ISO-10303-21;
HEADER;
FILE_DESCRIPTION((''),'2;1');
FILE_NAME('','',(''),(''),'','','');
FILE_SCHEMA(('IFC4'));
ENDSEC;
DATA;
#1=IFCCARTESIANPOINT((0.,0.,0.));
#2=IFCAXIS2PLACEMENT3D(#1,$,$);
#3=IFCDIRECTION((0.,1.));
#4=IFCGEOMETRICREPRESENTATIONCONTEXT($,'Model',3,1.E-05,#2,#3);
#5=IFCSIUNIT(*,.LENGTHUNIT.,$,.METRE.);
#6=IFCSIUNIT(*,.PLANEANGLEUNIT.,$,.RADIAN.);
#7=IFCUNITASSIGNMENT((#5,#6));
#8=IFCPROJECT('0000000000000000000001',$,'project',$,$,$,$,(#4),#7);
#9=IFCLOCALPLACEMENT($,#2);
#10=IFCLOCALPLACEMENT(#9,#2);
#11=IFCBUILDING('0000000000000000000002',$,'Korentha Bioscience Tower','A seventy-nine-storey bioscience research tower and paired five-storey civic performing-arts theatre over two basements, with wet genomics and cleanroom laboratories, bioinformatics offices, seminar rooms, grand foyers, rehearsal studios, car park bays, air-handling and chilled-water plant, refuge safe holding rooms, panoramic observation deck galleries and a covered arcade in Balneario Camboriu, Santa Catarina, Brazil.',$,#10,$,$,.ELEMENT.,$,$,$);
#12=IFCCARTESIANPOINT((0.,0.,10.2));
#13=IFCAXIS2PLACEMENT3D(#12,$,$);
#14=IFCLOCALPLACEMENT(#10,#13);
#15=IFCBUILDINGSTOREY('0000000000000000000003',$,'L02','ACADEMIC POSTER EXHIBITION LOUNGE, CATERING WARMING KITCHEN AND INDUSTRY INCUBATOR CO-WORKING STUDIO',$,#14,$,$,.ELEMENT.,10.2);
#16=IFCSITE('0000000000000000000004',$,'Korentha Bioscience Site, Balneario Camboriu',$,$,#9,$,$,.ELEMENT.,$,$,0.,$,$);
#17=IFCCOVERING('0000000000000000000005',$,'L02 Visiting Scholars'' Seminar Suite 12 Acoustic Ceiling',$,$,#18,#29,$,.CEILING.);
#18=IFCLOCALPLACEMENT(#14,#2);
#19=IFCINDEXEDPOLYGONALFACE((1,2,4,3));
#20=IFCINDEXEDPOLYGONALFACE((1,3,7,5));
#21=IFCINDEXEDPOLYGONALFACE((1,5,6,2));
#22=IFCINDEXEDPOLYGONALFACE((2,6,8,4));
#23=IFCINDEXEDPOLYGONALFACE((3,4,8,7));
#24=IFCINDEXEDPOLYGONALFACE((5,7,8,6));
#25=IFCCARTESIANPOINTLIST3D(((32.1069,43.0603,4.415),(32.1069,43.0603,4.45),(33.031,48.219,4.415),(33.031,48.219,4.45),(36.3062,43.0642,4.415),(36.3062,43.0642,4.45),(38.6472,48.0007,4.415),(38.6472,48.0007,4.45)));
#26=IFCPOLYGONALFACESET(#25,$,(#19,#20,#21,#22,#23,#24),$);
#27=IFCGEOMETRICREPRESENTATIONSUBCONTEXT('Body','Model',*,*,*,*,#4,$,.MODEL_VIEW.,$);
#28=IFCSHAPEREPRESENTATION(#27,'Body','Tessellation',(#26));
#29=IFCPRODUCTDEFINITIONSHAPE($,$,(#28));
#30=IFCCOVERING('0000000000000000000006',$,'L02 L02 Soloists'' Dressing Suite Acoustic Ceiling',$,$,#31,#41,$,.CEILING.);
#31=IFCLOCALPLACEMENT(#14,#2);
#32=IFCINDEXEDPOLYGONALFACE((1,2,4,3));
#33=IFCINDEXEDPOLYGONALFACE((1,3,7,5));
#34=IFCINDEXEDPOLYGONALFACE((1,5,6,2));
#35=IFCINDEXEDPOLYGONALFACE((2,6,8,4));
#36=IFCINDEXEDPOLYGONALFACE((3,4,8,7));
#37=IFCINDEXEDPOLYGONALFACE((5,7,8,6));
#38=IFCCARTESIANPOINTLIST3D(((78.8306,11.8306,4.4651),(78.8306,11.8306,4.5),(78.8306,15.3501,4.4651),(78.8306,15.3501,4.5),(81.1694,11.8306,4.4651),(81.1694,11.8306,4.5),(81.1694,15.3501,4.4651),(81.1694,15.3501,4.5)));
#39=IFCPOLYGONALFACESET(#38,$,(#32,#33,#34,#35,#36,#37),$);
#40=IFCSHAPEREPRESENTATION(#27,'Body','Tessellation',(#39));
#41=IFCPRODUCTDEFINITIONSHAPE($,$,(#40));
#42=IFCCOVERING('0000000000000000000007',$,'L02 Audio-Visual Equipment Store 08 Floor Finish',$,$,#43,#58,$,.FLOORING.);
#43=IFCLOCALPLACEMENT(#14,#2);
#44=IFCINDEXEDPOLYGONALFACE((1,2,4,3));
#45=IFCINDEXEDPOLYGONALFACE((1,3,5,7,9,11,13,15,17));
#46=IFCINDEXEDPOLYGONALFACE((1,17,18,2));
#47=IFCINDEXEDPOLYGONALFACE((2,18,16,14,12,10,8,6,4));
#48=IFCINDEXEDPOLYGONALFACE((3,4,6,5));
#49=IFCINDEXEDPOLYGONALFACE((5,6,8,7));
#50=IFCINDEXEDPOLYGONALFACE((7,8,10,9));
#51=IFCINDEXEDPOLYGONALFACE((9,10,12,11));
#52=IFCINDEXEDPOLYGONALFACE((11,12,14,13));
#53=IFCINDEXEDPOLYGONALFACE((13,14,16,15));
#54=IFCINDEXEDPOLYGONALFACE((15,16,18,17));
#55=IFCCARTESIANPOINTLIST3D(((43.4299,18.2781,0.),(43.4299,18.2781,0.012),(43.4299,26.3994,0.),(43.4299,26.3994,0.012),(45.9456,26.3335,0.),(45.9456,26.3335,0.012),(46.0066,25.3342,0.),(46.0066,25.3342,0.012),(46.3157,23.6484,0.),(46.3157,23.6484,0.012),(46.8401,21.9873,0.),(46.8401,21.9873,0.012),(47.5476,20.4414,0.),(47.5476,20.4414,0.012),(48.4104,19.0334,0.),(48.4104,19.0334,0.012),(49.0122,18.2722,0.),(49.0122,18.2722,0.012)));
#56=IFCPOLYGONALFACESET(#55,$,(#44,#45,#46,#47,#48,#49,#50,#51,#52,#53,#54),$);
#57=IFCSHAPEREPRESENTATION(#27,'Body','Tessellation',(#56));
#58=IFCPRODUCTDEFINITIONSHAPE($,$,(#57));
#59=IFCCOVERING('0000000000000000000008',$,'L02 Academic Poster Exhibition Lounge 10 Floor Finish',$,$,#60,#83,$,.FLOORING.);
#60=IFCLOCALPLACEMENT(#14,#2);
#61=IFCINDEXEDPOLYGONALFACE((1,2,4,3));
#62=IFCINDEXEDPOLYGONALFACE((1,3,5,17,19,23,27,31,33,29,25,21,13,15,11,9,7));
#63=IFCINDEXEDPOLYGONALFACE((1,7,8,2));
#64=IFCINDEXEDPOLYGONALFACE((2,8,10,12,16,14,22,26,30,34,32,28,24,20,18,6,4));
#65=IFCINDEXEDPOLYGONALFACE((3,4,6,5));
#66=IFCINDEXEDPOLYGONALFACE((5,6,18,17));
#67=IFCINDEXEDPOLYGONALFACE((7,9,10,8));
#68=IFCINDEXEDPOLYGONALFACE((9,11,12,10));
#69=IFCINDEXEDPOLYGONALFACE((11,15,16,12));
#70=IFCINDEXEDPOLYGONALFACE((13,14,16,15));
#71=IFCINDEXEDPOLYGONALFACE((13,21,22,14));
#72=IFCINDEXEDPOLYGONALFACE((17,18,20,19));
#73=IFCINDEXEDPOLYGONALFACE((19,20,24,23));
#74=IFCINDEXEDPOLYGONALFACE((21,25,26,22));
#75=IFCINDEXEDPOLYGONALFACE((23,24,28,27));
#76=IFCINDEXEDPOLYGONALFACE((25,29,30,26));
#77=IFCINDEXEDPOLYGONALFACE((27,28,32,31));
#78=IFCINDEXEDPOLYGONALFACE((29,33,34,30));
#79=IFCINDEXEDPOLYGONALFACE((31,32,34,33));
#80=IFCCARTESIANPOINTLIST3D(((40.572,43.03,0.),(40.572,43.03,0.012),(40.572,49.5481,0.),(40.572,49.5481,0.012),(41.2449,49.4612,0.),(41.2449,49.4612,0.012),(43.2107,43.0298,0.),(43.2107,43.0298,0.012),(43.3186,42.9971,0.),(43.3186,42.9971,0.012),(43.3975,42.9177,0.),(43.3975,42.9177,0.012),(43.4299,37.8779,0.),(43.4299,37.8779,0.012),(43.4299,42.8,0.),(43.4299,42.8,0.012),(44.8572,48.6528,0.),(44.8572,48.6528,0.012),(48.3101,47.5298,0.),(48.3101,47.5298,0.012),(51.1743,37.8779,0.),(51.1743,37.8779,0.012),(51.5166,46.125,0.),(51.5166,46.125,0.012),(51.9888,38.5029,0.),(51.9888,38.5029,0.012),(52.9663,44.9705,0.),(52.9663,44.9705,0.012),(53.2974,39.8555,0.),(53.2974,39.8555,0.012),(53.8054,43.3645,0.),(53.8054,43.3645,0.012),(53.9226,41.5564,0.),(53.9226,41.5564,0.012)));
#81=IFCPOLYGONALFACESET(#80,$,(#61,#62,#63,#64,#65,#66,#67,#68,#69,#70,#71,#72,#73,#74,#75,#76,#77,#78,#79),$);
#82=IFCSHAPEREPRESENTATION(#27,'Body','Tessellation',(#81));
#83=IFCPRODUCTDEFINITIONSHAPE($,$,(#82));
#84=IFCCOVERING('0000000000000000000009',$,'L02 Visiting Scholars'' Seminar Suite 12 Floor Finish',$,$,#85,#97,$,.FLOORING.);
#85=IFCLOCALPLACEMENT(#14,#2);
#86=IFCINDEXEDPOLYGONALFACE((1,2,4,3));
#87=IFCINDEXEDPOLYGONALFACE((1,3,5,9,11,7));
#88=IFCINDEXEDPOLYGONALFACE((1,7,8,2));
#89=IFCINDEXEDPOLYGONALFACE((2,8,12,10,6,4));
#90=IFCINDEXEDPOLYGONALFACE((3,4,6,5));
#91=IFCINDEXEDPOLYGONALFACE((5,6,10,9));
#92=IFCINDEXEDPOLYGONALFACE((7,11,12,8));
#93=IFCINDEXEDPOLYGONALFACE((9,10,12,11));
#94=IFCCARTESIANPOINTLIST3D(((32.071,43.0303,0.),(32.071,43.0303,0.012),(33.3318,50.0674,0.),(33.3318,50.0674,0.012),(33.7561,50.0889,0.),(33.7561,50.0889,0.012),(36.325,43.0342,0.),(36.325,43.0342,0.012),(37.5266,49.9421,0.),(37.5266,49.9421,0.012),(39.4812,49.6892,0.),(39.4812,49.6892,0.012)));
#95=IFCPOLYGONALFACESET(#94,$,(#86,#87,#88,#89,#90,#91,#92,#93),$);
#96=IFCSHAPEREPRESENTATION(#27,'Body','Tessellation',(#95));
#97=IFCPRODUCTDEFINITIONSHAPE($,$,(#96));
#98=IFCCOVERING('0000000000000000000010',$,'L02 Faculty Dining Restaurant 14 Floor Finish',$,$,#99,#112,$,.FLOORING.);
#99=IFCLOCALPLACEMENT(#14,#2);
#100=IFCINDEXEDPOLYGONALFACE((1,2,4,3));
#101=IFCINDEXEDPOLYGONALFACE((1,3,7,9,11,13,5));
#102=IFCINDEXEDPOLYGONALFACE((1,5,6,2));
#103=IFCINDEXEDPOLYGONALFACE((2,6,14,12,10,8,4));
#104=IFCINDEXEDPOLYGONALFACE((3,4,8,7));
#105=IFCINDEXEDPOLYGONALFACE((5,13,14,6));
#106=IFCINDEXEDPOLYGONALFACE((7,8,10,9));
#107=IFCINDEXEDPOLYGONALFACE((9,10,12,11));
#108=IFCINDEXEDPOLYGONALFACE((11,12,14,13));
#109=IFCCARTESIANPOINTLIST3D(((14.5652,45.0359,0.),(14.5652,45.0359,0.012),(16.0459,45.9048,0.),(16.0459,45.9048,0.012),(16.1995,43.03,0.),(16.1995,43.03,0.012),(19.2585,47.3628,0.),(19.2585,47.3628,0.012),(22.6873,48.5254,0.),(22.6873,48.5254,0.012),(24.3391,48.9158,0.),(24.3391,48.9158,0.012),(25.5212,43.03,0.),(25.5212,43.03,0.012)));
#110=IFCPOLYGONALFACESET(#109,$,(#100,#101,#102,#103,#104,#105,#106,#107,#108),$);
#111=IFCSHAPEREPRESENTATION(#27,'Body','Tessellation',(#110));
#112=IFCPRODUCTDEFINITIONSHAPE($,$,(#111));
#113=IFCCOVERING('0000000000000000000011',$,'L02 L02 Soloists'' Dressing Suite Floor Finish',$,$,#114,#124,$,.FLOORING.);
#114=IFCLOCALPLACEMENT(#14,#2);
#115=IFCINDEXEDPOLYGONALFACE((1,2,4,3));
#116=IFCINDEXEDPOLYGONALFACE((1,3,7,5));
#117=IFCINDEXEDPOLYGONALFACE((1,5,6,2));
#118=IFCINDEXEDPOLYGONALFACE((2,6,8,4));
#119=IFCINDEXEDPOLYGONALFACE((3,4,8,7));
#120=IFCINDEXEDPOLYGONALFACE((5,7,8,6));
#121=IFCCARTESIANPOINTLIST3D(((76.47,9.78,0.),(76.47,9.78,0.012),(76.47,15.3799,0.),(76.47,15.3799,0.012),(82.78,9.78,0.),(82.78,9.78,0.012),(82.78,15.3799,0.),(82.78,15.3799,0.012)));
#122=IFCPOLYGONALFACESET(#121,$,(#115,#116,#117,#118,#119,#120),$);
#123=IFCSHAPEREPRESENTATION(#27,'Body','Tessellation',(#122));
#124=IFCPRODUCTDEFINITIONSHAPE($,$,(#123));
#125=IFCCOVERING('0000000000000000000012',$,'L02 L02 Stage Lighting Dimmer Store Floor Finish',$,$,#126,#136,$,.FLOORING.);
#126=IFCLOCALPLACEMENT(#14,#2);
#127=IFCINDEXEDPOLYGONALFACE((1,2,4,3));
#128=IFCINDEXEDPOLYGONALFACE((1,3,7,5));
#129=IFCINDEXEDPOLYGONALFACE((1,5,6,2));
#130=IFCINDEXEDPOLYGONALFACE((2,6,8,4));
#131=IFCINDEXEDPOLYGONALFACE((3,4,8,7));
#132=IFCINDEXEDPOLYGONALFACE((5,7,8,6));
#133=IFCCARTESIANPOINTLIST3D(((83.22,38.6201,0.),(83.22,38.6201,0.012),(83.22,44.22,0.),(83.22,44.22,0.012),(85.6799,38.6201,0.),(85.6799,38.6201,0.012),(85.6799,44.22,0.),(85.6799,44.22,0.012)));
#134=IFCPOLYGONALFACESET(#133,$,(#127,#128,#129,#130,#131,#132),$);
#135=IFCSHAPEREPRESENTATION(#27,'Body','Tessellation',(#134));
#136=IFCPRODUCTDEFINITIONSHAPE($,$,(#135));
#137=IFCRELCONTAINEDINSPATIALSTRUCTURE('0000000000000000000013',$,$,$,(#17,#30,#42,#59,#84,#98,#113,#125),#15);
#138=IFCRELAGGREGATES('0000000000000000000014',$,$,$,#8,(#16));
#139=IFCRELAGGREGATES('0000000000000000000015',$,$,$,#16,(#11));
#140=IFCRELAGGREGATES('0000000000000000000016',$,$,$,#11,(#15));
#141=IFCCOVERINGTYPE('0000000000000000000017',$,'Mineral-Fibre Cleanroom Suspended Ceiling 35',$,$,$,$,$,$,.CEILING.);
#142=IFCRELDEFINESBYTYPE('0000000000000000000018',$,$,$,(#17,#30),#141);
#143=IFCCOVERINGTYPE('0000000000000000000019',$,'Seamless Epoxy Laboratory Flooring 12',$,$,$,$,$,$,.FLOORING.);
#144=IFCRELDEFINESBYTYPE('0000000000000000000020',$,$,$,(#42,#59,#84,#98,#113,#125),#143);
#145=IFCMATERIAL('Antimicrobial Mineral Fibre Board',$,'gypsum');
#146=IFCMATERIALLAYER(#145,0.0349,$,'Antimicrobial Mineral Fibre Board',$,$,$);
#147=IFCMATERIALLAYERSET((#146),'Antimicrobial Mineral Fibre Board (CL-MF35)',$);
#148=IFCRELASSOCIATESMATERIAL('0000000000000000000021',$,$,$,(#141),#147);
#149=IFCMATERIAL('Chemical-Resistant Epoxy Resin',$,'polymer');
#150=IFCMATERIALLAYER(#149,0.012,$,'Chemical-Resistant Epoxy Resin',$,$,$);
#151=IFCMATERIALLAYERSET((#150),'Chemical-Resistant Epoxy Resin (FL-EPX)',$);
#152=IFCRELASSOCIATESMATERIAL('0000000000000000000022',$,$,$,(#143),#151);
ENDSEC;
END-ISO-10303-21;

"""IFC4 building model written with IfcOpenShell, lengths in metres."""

from ifc_helpers import new_model, si_unit, direction, frame, origin, place, context, subcontext, project, spatial, polyline, outline, extrude, material, layer, layer_set, type_object, element, save


model = new_model("IFC4")

# Units and contexts
model_context = context("Model", 3, precision=1e-05, world=origin(), true_north=direction((0.0, 1.0)))
body_context = subcontext(model_context, "Body", "Model", "MODEL_VIEW")
ifc_project = project(units=[si_unit("LENGTHUNIT", "METRE"), si_unit("PLANEANGLEUNIT", "RADIAN")], contexts=[model_context])

# Site, building, storey
site_placement = place(None, origin())
site = spatial("IfcSite", under=ifc_project, at=site_placement, Name="Korentha Bioscience Site, Balneario Camboriu", CompositionType="ELEMENT", RefElevation=0.0)
building_placement = place(site_placement, origin())
building = spatial("IfcBuilding", under=site, at=building_placement, Name="Korentha Bioscience Tower", Description="A seventy-nine-storey bioscience research tower and paired five-storey civic performing-arts theatre over two basements, with wet genomics and cleanroom laboratories, bioinformatics offices, seminar rooms, grand foyers, rehearsal studios, car park bays, air-handling and chilled-water plant, refuge safe holding rooms, panoramic observation deck galleries and a covered arcade in Balneario Camboriu, Santa Catarina, Brazil.", CompositionType="ELEMENT")
storey_placement = place(building_placement, frame((0.0, 0.0, 10.2)))
storey = spatial("IfcBuildingStorey", under=building, at=storey_placement, Name="L02", Description="ACADEMIC POSTER EXHIBITION LOUNGE, CATERING WARMING KITCHEN AND INDUSTRY INCUBATOR CO-WORKING STUDIO", CompositionType="ELEMENT", Elevation=10.2)

# Coverings
ifc_material_1 = material(Name="Antimicrobial Mineral Fibre Board", Category="gypsum")
ifc_layer_1 = layer(ifc_material_1, 0.0349, Name="Antimicrobial Mineral Fibre Board")
ifc_layer_set_1 = layer_set([ifc_layer_1], Name="Antimicrobial Mineral Fibre Board (CL-MF35)")
covering_type_1 = type_object("IfcCoveringType", Name="Mineral-Fibre Cleanroom Suspended Ceiling 35", PredefinedType="CEILING", material=ifc_layer_set_1)
covering_1_placement = place(storey_placement, frame((0.0, 0.0, 4.415)))
element("IfcCovering", 1, at=covering_1_placement, inside=storey, type_object=covering_type_1, Name="L02 Visiting Scholars' Seminar Suite 12 Acoustic Ceiling", PredefinedType="CEILING", context=body_context, shape_type="SweptSolid", body=[
    extrude(outline(polyline([(32.1069, 43.0603), (33.031, 48.219), (38.6472, 48.0007), (36.3062, 43.0642), (32.1069, 43.0603)])), origin(), (0.0, 0.0, 1.0), 0.0349),
])
covering_2_placement = place(storey_placement, frame((0.0, 0.0, 4.4651)))
element("IfcCovering", 2, at=covering_2_placement, inside=storey, type_object=covering_type_1, Name="L02 L02 Soloists' Dressing Suite Acoustic Ceiling", PredefinedType="CEILING", context=body_context, shape_type="SweptSolid", body=[
    extrude(outline(polyline([(81.1694, 11.8306), (78.8306, 11.8306), (78.8306, 15.3501), (81.1694, 15.3501), (81.1694, 11.8306)])), origin(), (0.0, 0.0, 1.0), 0.0349),
])
ifc_material_2 = material(Name="Chemical-Resistant Epoxy Resin", Category="polymer")
ifc_layer_2 = layer(ifc_material_2, 0.012, Name="Chemical-Resistant Epoxy Resin")
ifc_layer_set_2 = layer_set([ifc_layer_2], Name="Chemical-Resistant Epoxy Resin (FL-EPX)")
covering_type_2 = type_object("IfcCoveringType", Name="Seamless Epoxy Laboratory Flooring 12", PredefinedType="FLOORING", material=ifc_layer_set_2)
covering_3_placement = place(storey_placement, origin())
element("IfcCovering", 3, at=covering_3_placement, inside=storey, type_object=covering_type_2, Name="L02 Audio-Visual Equipment Store 08 Floor Finish", PredefinedType="FLOORING", context=body_context, shape_type="SweptSolid", body=[
    extrude(outline(polyline([(46.0066, 25.3342), (46.3157, 23.6484), (46.8401, 21.9873), (47.5476, 20.4414), (48.4104, 19.0334), (49.0122, 18.2722), (43.4299, 18.2781), (43.4299, 26.3994), (45.9456, 26.3335), (46.0066, 25.3342)])), origin(), (0.0, 0.0, 1.0), 0.012),
])
covering_4_placement = place(storey_placement, origin())
element("IfcCovering", 4, at=covering_4_placement, inside=storey, type_object=covering_type_2, Name="L02 Academic Poster Exhibition Lounge 10 Floor Finish", PredefinedType="FLOORING", context=body_context, shape_type="SweptSolid", body=[
    extrude(outline(polyline([(41.2449, 49.4612), (44.8572, 48.6528), (48.3101, 47.5298), (51.5166, 46.125), (52.9663, 44.9705), (53.8054, 43.3645), (53.9226, 41.5564), (53.2974, 39.8555), (51.9888, 38.5029), (51.1743, 37.8779), (43.4299, 37.8779), (43.4299, 42.8), (43.3975, 42.9177), (43.3186, 42.9971), (43.2107, 43.0298), (40.572, 43.03), (40.572, 49.5481), (41.2449, 49.4612)])), origin(), (0.0, 0.0, 1.0), 0.012),
])
covering_5_placement = place(storey_placement, origin())
element("IfcCovering", 5, at=covering_5_placement, inside=storey, type_object=covering_type_2, Name="L02 Visiting Scholars' Seminar Suite 12 Floor Finish", PredefinedType="FLOORING", context=body_context, shape_type="SweptSolid", body=[
    extrude(outline(polyline([(39.4812, 49.6892), (36.325, 43.0342), (32.071, 43.0303), (33.3318, 50.0674), (33.7561, 50.0889), (37.5266, 49.9421), (39.4812, 49.6892)])), origin(), (0.0, 0.0, 1.0), 0.012),
])
covering_6_placement = place(storey_placement, origin())
element("IfcCovering", 6, at=covering_6_placement, inside=storey, type_object=covering_type_2, Name="L02 Faculty Dining Restaurant 14 Floor Finish", PredefinedType="FLOORING", context=body_context, shape_type="SweptSolid", body=[
    extrude(outline(polyline([(22.6873, 48.5254), (24.3391, 48.9158), (25.5212, 43.03), (16.1995, 43.03), (14.5652, 45.0359), (16.0459, 45.9048), (19.2585, 47.3628), (22.6873, 48.5254)])), origin(), (0.0, 0.0, 1.0), 0.012),
])
covering_7_placement = place(storey_placement, origin())
element("IfcCovering", 7, at=covering_7_placement, inside=storey, type_object=covering_type_2, Name="L02 L02 Soloists' Dressing Suite Floor Finish", PredefinedType="FLOORING", context=body_context, shape_type="SweptSolid", body=[
    extrude(outline(polyline([(82.78, 9.78), (76.47, 9.78), (76.47, 15.3799), (82.78, 15.3799), (82.78, 9.78)])), origin(), (0.0, 0.0, 1.0), 0.012),
])
covering_8_placement = place(storey_placement, origin())
element("IfcCovering", 8, at=covering_8_placement, inside=storey, type_object=covering_type_2, Name="L02 L02 Stage Lighting Dimmer Store Floor Finish", PredefinedType="FLOORING", context=body_context, shape_type="SweptSolid", body=[
    extrude(outline(polyline([(83.22, 38.6201), (83.22, 44.22), (85.6799, 44.22), (85.6799, 38.6201), (83.22, 38.6201)])), origin(), (0.0, 0.0, 1.0), 0.012),
])

save(model, "model.ifc")
